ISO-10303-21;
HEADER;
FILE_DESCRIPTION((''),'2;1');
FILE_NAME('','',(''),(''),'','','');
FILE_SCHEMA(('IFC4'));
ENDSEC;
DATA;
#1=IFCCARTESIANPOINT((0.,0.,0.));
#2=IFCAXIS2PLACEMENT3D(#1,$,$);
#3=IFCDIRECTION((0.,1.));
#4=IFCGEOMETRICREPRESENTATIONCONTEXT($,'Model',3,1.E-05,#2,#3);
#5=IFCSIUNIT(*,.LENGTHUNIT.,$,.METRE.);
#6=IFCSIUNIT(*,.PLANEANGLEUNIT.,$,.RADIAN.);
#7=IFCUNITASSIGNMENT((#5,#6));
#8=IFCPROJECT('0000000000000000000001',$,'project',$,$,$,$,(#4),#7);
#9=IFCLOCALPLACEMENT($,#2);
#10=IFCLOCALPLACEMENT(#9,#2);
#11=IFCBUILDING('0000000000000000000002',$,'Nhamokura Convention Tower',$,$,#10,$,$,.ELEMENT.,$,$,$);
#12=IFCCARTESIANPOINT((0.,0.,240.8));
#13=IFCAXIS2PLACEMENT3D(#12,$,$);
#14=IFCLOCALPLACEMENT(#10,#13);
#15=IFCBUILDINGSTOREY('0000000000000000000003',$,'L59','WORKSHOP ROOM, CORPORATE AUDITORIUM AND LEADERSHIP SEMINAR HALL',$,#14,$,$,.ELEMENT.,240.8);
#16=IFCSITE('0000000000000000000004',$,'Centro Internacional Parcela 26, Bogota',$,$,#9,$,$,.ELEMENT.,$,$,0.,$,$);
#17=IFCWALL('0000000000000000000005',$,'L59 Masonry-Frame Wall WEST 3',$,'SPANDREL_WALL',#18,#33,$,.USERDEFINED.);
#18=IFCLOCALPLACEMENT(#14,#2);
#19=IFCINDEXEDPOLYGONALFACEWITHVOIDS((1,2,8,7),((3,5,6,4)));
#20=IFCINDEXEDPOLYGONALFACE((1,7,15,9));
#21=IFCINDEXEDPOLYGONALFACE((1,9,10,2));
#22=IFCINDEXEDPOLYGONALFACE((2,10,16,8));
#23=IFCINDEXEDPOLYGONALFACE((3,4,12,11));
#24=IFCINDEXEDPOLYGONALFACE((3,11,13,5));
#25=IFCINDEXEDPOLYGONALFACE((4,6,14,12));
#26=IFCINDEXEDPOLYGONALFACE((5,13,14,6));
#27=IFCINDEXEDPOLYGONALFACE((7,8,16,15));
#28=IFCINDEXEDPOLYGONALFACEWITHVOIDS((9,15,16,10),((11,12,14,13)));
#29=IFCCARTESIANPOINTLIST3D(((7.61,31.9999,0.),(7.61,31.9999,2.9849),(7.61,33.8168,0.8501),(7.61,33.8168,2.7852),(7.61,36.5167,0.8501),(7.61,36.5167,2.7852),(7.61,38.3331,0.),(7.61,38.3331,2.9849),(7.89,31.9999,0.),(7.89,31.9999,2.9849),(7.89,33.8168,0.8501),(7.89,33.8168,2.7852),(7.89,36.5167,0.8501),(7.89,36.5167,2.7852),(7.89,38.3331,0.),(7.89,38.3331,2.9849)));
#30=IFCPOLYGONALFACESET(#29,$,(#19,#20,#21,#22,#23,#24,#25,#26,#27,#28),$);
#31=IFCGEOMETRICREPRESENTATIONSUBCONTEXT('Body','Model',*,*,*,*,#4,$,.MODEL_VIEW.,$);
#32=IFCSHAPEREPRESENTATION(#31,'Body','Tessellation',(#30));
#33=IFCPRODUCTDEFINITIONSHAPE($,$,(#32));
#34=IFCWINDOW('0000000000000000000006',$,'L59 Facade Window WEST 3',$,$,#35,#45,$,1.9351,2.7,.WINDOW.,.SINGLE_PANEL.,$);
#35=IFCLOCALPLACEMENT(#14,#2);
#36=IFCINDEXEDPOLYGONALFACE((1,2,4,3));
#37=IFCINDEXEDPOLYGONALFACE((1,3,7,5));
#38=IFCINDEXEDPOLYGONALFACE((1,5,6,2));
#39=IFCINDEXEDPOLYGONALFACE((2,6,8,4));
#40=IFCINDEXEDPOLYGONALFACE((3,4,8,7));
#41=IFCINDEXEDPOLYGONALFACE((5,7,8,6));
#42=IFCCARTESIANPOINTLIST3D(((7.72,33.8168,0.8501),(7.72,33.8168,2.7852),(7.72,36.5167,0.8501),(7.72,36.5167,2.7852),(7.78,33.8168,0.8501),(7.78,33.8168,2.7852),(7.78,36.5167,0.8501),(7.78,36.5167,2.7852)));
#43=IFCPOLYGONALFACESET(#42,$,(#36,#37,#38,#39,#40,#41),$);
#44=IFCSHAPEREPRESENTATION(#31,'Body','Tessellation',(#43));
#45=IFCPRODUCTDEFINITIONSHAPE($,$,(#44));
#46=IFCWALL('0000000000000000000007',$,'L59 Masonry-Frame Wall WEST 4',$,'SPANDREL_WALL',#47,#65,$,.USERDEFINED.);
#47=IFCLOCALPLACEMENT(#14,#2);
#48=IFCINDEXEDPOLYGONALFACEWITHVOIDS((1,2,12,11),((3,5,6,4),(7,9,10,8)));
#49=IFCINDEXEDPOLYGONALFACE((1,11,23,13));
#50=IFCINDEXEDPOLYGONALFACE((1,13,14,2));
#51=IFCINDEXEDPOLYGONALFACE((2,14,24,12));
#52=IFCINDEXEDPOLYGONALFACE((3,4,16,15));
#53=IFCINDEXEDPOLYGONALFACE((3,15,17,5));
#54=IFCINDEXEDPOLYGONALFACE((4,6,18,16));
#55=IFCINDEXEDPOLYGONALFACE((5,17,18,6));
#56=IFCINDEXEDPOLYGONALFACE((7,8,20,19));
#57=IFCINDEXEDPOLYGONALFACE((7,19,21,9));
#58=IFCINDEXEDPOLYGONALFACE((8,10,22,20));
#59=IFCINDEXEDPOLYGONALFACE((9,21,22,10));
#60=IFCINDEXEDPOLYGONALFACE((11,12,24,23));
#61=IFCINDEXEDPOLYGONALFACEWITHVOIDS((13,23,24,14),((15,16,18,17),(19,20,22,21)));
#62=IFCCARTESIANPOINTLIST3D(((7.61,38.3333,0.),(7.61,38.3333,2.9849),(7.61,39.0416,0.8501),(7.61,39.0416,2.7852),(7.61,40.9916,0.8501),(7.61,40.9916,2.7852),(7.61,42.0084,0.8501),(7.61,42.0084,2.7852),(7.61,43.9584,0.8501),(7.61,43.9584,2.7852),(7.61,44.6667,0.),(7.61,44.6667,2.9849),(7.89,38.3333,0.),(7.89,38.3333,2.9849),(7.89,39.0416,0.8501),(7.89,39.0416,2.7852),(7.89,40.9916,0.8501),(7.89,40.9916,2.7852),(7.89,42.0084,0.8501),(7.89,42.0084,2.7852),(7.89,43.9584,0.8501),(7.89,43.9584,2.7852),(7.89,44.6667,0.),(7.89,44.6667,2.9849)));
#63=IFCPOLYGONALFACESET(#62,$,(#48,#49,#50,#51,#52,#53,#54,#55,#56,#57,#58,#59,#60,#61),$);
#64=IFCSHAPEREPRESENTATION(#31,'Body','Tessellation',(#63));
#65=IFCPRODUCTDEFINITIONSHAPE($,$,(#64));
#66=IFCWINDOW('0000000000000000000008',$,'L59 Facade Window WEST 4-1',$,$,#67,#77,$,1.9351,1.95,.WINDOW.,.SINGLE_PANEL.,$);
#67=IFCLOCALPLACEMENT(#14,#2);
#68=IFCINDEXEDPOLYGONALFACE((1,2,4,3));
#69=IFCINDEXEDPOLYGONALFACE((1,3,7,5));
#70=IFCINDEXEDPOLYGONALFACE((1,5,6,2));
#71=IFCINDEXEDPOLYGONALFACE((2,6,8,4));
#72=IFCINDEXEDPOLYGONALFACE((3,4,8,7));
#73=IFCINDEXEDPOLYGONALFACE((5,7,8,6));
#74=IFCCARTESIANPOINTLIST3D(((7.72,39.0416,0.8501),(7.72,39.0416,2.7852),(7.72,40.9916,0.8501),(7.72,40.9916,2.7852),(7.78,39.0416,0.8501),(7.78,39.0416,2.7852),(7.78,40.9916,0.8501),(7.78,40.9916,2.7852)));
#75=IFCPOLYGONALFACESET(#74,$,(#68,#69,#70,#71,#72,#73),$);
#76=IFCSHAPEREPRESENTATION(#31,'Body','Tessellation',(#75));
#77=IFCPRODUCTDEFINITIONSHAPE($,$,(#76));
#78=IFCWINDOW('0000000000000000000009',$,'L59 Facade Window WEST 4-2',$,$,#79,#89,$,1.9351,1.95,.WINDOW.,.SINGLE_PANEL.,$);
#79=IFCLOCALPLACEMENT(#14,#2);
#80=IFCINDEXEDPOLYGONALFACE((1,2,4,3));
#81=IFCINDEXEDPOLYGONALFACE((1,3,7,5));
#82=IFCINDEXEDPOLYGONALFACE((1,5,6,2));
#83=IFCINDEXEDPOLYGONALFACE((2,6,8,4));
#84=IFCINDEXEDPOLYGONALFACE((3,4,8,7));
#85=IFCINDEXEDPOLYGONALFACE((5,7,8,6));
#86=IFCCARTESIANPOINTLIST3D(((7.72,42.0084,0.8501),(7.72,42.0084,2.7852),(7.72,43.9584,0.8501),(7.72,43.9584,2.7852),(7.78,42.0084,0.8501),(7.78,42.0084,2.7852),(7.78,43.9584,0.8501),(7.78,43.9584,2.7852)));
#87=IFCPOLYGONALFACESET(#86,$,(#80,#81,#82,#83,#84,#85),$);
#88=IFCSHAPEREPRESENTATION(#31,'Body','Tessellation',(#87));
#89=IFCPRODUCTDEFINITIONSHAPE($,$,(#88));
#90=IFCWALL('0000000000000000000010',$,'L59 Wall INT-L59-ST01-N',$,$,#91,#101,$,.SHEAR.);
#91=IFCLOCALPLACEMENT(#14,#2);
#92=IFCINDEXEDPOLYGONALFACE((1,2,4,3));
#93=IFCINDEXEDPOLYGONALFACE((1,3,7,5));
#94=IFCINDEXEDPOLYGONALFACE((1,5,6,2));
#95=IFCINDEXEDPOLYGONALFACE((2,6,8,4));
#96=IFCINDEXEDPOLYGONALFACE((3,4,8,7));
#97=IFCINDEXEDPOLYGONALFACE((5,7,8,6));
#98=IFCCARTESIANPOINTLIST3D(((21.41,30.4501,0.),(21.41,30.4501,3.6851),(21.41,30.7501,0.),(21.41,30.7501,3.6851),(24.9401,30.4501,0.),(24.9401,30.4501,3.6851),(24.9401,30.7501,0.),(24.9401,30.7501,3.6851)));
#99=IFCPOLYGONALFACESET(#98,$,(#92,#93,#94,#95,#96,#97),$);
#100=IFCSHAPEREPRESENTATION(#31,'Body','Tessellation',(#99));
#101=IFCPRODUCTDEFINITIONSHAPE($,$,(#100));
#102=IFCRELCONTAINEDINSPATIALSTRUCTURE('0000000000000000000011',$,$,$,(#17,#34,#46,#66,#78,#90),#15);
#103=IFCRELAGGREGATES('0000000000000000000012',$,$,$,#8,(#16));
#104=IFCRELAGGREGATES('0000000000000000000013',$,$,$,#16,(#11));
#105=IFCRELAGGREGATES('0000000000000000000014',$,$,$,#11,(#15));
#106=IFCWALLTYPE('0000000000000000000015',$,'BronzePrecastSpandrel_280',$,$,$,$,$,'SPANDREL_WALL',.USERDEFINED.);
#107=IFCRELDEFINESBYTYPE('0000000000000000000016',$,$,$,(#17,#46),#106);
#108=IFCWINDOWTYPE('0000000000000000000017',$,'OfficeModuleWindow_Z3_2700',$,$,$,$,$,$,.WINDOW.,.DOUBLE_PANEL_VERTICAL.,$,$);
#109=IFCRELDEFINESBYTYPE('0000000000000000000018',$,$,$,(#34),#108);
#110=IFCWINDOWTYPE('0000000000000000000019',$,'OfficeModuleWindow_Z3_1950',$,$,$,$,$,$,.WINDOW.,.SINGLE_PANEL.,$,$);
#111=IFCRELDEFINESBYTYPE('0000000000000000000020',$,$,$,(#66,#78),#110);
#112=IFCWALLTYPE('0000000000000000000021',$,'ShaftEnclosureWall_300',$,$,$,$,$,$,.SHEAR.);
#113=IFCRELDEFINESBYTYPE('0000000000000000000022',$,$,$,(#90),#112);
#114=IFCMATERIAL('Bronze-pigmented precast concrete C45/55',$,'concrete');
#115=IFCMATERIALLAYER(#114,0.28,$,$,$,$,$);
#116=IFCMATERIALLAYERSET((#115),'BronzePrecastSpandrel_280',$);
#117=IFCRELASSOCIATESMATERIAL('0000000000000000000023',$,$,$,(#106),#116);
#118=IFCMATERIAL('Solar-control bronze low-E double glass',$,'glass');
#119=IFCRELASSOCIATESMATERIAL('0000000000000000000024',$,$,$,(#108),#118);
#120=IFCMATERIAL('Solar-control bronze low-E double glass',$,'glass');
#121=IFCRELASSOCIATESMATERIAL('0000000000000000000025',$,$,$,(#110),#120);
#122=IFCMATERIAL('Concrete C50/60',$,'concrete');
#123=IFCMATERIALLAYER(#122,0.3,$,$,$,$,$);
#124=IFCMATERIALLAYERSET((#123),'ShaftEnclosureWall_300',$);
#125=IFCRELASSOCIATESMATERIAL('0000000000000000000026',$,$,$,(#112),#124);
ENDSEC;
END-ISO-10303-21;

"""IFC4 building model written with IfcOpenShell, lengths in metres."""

from ifc_helpers import new_model, si_unit, direction, frame, frame_2d, origin, place, context, subcontext, project, spatial, rectangle, extrude, material, layer, layer_set, type_object, element, fill, save


model = new_model("IFC4")

# Units and contexts
model_context = context("Model", 3, precision=1e-05, world=origin(), true_north=direction((0.0, 1.0)))
body_context = subcontext(model_context, "Body", "Model", "MODEL_VIEW")
ifc_project = project(units=[si_unit("LENGTHUNIT", "METRE"), si_unit("PLANEANGLEUNIT", "RADIAN")], contexts=[model_context])

# Site, building, storey
site_placement = place(None, origin())
site = spatial("IfcSite", under=ifc_project, at=site_placement, Name="Centro Internacional Parcela 26, Bogota", CompositionType="ELEMENT", RefElevation=0.0)
building_placement = place(site_placement, origin())
building = spatial("IfcBuilding", under=site, at=building_placement, Name="Nhamokura Convention Tower", CompositionType="ELEMENT")
storey_placement = place(building_placement, frame((0.0, 0.0, 240.8)))
storey = spatial("IfcBuildingStorey", under=building, at=storey_placement, Name="L59", Description="WORKSHOP ROOM, CORPORATE AUDITORIUM AND LEADERSHIP SEMINAR HALL", CompositionType="ELEMENT", Elevation=240.8)

# Wall, opening, window
ifc_material_1 = material(Name="Bronze-pigmented precast concrete C45/55", Category="concrete")
ifc_layer_1 = layer(ifc_material_1, 0.28)
ifc_layer_set_1 = layer_set([ifc_layer_1], Name="BronzePrecastSpandrel_280")
wall_type_1 = type_object("IfcWallType", Name="BronzePrecastSpandrel_280", ElementType="SPANDREL_WALL", PredefinedType="USERDEFINED", material=ifc_layer_set_1)
wall_1_placement = place(storey_placement, frame((7.75, 32.0, 0.0), z_axis=(0.0, 0.0, 1.0), x_axis=(0.0, 1.0, 0.0)))
wall_1 = element("IfcWall", 1, at=wall_1_placement, inside=storey, type_object=wall_type_1, Name="L59 Masonry-Frame Wall WEST 3", ObjectType="SPANDREL_WALL", PredefinedType="USERDEFINED", context=body_context, shape_type="SweptSolid", body=[
    extrude(rectangle(XDim=6.3333, YDim=0.28, at=frame_2d((3.1665, 0.0))), origin(), (0.0, 0.0, 1.0), 2.9849),
])
opening_1_placement = place(wall_1_placement, frame((1.8167, 0.0, 0.8501)))
opening_1 = element("IfcOpeningElement", 2, at=opening_1_placement, cuts=wall_1, PredefinedType="OPENING", context=body_context, shape_type="SweptSolid", body=[
    extrude(rectangle(XDim=2.7, YDim=1.9351, at=frame_2d((1.3501, 0.9675))), frame((0.0, 0.1499, 0.0), z_axis=(0.0, -1.0, 0.0), x_axis=(1.0, 0.0, 0.0)), (0.0, 0.0, 1.0), 0.3),
])
ifc_material_2 = material(Name="Solar-control bronze low-E double glass", Category="glass")
window_type_1 = type_object("IfcWindowType", Name="OfficeModuleWindow_Z3_2700", PartitioningType="DOUBLE_PANEL_VERTICAL", PredefinedType="WINDOW", material=ifc_material_2)
window_1_placement = place(opening_1_placement, origin())
window_1 = element("IfcWindow", 3, at=window_1_placement, inside=storey, type_object=window_type_1, Name="L59 Facade Window WEST 3", OverallHeight=1.9351, OverallWidth=2.7, PartitioningType="SINGLE_PANEL", PredefinedType="WINDOW", context=body_context, shape_type="SweptSolid", body=[
    extrude(rectangle(XDim=2.7, YDim=1.9351, at=frame_2d((1.3501, 0.9675))), frame((0.0, 0.03, 0.0), z_axis=(0.0, -1.0, 0.0), x_axis=(1.0, 0.0, 0.0)), (0.0, 0.0, 1.0), 0.0601),
])
fill(opening_1, window_1)

# Wall, openings, windows
wall_2_placement = place(storey_placement, frame((7.75, 38.3333, 0.0), z_axis=(0.0, 0.0, 1.0), x_axis=(0.0, 1.0, 0.0)))
wall_2 = element("IfcWall", 4, at=wall_2_placement, inside=storey, type_object=wall_type_1, Name="L59 Masonry-Frame Wall WEST 4", ObjectType="SPANDREL_WALL", PredefinedType="USERDEFINED", context=body_context, shape_type="SweptSolid", body=[
    extrude(rectangle(XDim=6.3335, YDim=0.28, at=frame_2d((3.1667, 0.0))), origin(), (0.0, 0.0, 1.0), 2.9849),
])
opening_2_placement = place(wall_2_placement, frame((0.7083, 0.0, 0.8501)))
opening_2 = element("IfcOpeningElement", 5, at=opening_2_placement, cuts=wall_2, PredefinedType="OPENING", context=body_context, shape_type="SweptSolid", body=[
    extrude(rectangle(XDim=1.95, YDim=1.9351, at=frame_2d((0.9751, 0.9675))), frame((0.0, 0.1499, 0.0), z_axis=(0.0, -1.0, 0.0), x_axis=(1.0, 0.0, 0.0)), (0.0, 0.0, 1.0), 0.3),
])
opening_3_placement = place(wall_2_placement, frame((3.675, 0.0, 0.8501)))
opening_3 = element("IfcOpeningElement", 6, at=opening_3_placement, cuts=wall_2, PredefinedType="OPENING", context=body_context, shape_type="SweptSolid", body=[
    extrude(rectangle(XDim=1.95, YDim=1.9351, at=frame_2d((0.9751, 0.9675))), frame((0.0, 0.1499, 0.0), z_axis=(0.0, -1.0, 0.0), x_axis=(1.0, 0.0, 0.0)), (0.0, 0.0, 1.0), 0.3),
])
ifc_material_3 = material(Name="Solar-control bronze low-E double glass", Category="glass")
window_type_2 = type_object("IfcWindowType", Name="OfficeModuleWindow_Z3_1950", PartitioningType="SINGLE_PANEL", PredefinedType="WINDOW", material=ifc_material_3)
window_2_placement = place(opening_2_placement, origin())
window_2 = element("IfcWindow", 7, at=window_2_placement, inside=storey, type_object=window_type_2, Name="L59 Facade Window WEST 4-1", OverallHeight=1.9351, OverallWidth=1.95, PartitioningType="SINGLE_PANEL", PredefinedType="WINDOW", context=body_context, shape_type="SweptSolid", body=[
    extrude(rectangle(XDim=1.95, YDim=1.9351, at=frame_2d((0.9751, 0.9675))), frame((0.0, 0.03, 0.0), z_axis=(0.0, -1.0, 0.0), x_axis=(1.0, 0.0, 0.0)), (0.0, 0.0, 1.0), 0.0601),
])
fill(opening_2, window_2)
window_3_placement = place(opening_3_placement, origin())
window_3 = element("IfcWindow", 8, at=window_3_placement, inside=storey, type_object=window_type_2, Name="L59 Facade Window WEST 4-2", OverallHeight=1.9351, OverallWidth=1.95, PartitioningType="SINGLE_PANEL", PredefinedType="WINDOW", context=body_context, shape_type="SweptSolid", body=[
    extrude(rectangle(XDim=1.95, YDim=1.9351, at=frame_2d((0.9751, 0.9675))), frame((0.0, 0.03, 0.0), z_axis=(0.0, -1.0, 0.0), x_axis=(1.0, 0.0, 0.0)), (0.0, 0.0, 1.0), 0.0601),
])
fill(opening_3, window_3)

# Wall
ifc_material_4 = material(Name="Concrete C50/60", Category="concrete")
ifc_layer_2 = layer(ifc_material_4, 0.3)
ifc_layer_set_2 = layer_set([ifc_layer_2], Name="ShaftEnclosureWall_300")
wall_type_2 = type_object("IfcWallType", Name="ShaftEnclosureWall_300", PredefinedType="SHEAR", material=ifc_layer_set_2)
wall_3_placement = place(storey_placement, frame((21.4099, 30.6001, 0.0), z_axis=(0.0, 0.0, 1.0), x_axis=(1.0, 0.0, 0.0)))
element("IfcWall", 9, at=wall_3_placement, inside=storey, type_object=wall_type_2, Name="L59 Wall INT-L59-ST01-N", PredefinedType="SHEAR", context=body_context, shape_type="SweptSolid", body=[
    extrude(rectangle(XDim=3.53, YDim=0.3, at=frame_2d((1.7651, 0.0))), origin(), (0.0, 0.0, 1.0), 3.6851),
])

save(model, "model.ifc")
